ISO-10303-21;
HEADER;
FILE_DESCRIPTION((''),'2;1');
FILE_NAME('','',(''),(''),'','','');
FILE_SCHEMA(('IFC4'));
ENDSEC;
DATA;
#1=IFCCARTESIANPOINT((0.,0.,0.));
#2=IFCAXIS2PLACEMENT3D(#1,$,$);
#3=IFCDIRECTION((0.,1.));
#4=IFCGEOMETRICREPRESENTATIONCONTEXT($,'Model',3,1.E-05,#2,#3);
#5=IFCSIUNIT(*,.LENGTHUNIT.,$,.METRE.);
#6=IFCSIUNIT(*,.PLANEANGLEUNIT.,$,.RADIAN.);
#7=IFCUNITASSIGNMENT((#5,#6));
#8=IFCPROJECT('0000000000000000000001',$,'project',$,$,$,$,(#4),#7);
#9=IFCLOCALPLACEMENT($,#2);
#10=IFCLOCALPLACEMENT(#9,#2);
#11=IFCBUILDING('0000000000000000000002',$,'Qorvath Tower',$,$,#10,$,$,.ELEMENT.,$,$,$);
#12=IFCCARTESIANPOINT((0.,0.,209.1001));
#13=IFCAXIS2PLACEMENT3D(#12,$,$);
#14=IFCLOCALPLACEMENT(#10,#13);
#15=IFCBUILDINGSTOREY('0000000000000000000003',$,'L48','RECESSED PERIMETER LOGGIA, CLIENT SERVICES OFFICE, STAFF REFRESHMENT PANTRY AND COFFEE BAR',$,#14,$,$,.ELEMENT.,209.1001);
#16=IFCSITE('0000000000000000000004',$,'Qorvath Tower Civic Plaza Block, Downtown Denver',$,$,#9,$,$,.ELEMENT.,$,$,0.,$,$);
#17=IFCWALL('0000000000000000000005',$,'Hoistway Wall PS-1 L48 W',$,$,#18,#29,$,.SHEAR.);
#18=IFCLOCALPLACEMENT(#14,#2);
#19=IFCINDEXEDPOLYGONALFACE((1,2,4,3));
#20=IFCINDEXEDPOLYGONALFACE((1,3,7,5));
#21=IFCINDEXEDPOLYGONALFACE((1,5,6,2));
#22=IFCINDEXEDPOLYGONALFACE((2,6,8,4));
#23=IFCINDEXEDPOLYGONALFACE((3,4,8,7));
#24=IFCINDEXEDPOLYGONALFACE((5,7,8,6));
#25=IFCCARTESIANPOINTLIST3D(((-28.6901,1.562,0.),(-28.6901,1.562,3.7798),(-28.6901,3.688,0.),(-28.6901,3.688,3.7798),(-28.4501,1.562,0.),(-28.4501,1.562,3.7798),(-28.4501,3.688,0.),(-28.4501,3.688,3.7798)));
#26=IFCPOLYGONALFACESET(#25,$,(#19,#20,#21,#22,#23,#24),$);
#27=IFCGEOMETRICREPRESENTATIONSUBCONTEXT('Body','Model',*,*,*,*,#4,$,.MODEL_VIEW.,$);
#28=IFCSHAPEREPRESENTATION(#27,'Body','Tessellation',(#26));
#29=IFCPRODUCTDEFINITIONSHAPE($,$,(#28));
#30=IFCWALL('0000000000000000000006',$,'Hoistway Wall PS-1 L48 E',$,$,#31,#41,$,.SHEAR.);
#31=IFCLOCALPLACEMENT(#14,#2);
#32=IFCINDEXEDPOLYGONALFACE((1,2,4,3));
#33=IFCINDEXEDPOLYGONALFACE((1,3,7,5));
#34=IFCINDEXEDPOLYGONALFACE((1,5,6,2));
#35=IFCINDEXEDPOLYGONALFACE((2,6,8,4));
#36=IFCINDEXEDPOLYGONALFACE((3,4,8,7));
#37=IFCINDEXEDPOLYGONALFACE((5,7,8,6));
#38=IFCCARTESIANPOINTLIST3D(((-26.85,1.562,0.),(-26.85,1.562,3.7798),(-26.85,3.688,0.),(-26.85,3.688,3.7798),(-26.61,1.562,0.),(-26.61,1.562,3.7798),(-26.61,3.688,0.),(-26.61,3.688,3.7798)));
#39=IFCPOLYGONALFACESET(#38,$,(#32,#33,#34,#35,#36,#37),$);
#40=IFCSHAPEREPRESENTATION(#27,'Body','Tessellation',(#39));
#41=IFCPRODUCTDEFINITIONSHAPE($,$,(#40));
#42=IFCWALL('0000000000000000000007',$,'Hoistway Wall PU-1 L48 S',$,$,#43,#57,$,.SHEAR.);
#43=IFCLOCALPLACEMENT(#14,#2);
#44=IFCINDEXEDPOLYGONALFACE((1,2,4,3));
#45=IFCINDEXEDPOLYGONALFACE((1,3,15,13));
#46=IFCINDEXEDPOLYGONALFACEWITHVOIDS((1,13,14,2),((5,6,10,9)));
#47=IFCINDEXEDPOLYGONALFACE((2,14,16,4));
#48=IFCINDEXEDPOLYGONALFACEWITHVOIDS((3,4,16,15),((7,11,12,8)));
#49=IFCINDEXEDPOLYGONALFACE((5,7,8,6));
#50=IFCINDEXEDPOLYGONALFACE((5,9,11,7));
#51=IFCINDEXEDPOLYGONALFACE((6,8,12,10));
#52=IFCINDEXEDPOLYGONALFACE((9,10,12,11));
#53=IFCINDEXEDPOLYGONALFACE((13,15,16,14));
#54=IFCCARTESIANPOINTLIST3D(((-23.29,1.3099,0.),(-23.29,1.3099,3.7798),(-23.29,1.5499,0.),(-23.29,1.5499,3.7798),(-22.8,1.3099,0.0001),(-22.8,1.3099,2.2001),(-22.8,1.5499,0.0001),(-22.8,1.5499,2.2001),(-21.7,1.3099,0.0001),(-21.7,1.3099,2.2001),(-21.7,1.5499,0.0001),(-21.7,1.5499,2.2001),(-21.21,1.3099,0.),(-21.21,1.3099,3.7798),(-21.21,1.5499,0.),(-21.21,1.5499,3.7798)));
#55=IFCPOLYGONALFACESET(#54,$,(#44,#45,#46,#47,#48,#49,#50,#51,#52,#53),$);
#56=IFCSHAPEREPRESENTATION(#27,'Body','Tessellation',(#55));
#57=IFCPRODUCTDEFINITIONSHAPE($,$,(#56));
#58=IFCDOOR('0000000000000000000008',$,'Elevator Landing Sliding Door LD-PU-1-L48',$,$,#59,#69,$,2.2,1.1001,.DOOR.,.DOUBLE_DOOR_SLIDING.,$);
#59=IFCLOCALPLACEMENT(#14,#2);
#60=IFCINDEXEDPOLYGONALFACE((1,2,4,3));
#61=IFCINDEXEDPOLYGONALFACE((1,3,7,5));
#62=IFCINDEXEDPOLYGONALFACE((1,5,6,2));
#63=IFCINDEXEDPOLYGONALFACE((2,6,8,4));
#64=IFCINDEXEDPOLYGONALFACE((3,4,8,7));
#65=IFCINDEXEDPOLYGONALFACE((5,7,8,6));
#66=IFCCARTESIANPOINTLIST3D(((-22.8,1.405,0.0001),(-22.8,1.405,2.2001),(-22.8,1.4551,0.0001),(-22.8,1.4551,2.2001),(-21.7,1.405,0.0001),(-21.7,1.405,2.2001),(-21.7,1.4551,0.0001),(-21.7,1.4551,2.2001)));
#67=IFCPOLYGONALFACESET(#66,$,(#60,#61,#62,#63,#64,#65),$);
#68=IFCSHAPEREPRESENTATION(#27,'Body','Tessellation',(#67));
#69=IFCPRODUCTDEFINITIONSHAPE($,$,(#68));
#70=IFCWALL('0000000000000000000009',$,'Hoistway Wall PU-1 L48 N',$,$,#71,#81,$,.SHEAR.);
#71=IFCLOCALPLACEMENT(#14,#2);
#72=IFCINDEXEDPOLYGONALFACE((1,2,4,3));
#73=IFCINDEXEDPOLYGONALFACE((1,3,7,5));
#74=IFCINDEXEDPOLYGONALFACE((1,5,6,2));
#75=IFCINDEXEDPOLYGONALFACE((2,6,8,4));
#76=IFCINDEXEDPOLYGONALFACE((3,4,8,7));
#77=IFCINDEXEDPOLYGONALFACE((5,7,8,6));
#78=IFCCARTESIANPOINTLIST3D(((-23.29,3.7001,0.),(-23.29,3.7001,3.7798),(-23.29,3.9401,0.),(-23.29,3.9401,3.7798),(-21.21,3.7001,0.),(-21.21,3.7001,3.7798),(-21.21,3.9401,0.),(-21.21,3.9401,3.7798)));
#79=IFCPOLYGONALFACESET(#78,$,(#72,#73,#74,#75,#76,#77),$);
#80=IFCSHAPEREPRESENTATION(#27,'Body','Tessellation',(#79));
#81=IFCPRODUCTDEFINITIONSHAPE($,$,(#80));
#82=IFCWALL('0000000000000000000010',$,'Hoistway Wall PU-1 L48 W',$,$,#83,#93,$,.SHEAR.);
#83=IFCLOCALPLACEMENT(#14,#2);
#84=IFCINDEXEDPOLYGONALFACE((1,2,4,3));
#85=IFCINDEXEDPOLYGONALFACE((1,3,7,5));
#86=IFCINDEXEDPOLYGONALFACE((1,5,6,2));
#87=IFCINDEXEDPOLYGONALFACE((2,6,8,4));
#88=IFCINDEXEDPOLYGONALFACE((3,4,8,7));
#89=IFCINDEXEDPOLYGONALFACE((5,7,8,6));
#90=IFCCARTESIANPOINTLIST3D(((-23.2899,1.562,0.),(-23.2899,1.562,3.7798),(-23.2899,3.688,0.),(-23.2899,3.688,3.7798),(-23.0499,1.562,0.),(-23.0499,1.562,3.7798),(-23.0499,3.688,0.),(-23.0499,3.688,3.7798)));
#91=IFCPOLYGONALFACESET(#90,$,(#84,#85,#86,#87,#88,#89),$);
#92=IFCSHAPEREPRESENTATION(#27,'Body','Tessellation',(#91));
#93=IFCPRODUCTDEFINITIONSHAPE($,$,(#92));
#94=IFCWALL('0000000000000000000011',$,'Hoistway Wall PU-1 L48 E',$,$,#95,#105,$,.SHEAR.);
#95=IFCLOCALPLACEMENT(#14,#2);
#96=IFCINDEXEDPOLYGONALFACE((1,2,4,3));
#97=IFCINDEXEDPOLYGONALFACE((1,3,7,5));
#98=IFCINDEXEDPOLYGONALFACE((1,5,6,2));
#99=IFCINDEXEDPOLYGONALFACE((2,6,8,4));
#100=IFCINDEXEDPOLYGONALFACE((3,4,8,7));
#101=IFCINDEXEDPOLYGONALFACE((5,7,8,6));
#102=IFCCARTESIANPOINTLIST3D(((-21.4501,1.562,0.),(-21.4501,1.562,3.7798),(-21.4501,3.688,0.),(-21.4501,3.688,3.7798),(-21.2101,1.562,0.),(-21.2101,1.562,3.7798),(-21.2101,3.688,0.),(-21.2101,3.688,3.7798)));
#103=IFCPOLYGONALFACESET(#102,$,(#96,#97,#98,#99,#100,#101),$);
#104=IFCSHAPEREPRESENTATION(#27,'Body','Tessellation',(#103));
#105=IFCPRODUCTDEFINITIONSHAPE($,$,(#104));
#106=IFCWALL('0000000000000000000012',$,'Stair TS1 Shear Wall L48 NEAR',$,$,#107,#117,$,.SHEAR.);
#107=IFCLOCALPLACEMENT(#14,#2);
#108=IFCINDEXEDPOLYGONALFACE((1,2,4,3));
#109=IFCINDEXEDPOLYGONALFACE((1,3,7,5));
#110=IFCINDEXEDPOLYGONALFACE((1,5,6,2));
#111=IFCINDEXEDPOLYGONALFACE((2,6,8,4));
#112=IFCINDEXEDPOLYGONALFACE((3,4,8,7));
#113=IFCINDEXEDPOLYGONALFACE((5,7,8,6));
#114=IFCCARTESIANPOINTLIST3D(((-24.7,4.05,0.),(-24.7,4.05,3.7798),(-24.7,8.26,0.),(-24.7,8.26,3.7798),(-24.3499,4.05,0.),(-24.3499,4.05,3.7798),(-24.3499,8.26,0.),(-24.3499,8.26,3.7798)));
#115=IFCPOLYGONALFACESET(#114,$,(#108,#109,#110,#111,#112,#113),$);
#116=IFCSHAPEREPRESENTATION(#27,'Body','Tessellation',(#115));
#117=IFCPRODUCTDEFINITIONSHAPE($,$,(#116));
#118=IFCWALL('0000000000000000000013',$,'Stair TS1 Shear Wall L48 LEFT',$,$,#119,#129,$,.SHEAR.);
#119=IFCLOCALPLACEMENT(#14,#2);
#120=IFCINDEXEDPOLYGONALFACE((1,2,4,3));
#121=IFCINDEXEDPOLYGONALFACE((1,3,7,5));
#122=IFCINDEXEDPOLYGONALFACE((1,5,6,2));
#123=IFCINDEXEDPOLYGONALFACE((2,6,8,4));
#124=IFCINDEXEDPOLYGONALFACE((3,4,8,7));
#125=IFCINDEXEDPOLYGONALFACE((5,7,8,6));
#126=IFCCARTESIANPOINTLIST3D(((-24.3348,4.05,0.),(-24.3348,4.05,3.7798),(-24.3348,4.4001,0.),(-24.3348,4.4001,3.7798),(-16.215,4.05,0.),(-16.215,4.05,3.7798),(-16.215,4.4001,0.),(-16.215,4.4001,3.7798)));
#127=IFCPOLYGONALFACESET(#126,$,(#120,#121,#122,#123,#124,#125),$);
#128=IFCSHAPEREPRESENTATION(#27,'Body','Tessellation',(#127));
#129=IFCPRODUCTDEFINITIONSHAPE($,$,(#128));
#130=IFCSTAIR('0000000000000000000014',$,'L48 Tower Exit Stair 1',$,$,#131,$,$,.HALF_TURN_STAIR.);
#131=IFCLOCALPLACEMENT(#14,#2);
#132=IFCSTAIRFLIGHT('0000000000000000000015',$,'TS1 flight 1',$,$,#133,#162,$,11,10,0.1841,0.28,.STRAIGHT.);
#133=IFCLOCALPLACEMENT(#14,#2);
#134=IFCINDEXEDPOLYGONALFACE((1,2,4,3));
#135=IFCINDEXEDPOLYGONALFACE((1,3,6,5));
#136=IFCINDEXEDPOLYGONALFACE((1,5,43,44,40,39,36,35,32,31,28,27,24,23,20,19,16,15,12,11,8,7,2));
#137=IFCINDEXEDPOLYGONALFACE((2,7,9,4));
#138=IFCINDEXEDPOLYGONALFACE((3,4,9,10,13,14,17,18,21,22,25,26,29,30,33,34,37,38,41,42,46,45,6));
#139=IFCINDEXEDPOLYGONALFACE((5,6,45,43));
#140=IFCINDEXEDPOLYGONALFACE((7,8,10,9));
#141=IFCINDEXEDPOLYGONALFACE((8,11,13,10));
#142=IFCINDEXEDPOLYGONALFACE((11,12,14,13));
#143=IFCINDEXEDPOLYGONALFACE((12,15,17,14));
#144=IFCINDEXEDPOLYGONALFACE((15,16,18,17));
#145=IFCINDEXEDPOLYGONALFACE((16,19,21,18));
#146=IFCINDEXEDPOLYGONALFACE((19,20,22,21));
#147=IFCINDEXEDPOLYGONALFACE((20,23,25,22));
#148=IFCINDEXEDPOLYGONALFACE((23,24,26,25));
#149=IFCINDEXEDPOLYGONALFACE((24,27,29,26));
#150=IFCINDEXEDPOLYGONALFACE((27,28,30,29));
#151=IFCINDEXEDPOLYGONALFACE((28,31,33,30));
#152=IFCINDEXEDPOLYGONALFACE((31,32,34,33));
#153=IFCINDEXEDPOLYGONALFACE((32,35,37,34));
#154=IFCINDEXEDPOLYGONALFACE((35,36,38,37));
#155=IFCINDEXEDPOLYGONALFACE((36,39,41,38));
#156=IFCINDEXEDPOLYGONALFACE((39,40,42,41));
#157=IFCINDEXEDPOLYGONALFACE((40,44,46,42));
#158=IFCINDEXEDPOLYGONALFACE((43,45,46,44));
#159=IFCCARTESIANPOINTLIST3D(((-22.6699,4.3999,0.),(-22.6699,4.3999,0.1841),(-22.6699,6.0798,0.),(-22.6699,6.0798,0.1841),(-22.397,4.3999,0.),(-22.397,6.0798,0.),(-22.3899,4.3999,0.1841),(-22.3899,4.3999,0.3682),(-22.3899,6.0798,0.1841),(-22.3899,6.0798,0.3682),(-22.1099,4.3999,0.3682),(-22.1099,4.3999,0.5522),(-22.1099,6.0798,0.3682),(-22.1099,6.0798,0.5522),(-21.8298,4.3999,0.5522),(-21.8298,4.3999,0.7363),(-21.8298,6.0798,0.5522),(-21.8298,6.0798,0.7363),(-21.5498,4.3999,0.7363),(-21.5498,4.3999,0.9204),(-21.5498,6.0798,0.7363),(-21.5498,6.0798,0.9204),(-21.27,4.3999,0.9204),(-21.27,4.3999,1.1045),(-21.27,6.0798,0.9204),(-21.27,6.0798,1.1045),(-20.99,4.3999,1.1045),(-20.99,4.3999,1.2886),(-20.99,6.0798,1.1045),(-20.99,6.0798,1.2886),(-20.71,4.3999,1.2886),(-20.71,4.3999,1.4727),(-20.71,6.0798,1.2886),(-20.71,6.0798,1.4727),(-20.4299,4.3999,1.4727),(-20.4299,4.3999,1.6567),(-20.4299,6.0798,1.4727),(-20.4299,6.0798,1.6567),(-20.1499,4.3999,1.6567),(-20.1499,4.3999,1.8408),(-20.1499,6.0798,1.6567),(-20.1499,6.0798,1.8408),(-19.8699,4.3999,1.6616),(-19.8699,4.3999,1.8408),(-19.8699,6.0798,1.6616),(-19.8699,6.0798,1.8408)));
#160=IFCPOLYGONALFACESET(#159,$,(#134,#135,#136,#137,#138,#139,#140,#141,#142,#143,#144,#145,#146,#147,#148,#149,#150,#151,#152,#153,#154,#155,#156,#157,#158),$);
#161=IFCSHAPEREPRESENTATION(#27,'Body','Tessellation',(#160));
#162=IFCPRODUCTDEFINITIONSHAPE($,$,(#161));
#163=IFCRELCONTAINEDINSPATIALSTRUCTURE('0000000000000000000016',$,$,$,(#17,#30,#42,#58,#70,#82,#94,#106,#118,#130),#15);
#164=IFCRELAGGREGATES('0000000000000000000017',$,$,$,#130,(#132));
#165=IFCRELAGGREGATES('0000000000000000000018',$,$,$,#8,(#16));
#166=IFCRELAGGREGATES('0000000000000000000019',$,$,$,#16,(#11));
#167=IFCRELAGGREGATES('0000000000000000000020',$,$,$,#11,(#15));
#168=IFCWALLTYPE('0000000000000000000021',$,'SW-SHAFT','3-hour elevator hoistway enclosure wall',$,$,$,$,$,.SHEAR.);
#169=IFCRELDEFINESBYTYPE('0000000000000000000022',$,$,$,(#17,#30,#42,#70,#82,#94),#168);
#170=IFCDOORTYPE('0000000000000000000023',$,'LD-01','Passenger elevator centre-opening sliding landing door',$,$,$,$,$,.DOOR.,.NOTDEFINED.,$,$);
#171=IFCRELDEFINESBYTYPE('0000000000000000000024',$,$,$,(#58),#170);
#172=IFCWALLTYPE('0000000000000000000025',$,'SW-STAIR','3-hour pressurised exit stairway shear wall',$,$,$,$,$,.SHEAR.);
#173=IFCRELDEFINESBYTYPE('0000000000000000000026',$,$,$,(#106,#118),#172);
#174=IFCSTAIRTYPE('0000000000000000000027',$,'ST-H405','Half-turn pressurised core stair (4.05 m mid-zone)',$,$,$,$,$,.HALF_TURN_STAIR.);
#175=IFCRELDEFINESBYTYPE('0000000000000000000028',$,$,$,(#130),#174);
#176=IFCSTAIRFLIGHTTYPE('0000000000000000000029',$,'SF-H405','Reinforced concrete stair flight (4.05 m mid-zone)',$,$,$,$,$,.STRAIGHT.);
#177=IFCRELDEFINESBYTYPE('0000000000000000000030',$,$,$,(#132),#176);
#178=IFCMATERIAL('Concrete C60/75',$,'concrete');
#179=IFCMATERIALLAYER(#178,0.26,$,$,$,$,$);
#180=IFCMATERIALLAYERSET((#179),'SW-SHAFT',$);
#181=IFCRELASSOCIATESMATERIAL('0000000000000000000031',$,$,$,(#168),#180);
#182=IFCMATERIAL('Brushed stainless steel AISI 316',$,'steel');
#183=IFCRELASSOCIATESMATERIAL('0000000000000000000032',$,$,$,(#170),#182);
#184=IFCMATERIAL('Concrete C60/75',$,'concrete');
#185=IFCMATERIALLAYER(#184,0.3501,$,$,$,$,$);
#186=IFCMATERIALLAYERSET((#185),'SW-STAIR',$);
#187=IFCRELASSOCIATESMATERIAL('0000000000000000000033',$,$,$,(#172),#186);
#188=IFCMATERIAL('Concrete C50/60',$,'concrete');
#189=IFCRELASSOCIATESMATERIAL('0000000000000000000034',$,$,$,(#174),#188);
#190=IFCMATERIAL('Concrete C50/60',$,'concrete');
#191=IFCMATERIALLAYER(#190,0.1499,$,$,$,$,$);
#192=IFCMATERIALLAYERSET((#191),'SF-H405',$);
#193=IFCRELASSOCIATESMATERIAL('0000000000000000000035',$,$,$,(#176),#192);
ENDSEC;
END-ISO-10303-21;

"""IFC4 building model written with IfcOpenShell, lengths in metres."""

from ifc_helpers import new_model, si_unit, direction, frame, frame_2d, origin, place, context, subcontext, project, spatial, polyline, rectangle, outline, extrude, material, layer, layer_set, type_object, element, fill, aggregate, save


model = new_model("IFC4")

# Units and contexts
model_context = context("Model", 3, precision=1e-05, world=origin(), true_north=direction((0.0, 1.0)))
body_context = subcontext(model_context, "Body", "Model", "MODEL_VIEW")
ifc_project = project(units=[si_unit("LENGTHUNIT", "METRE"), si_unit("PLANEANGLEUNIT", "RADIAN")], contexts=[model_context])

# Site, building, storey
site_placement = place(None, origin())
site = spatial("IfcSite", under=ifc_project, at=site_placement, Name="Qorvath Tower Civic Plaza Block, Downtown Denver", CompositionType="ELEMENT", RefElevation=0.0)
building_placement = place(site_placement, origin())
building = spatial("IfcBuilding", under=site, at=building_placement, Name="Qorvath Tower", CompositionType="ELEMENT")
storey_placement = place(building_placement, frame((0.0, 0.0, 209.1001)))
storey = spatial("IfcBuildingStorey", under=building, at=storey_placement, Name="L48", Description="RECESSED PERIMETER LOGGIA, CLIENT SERVICES OFFICE, STAFF REFRESHMENT PANTRY AND COFFEE BAR", CompositionType="ELEMENT", Elevation=209.1001)

# Shared definitions
ifc_material_1 = material(Name="Concrete C60/75", Category="concrete")
ifc_layer_1 = layer(ifc_material_1, 0.26)
ifc_layer_set_1 = layer_set([ifc_layer_1], Name="SW-SHAFT")
wall_type_1 = type_object("IfcWallType", Name="SW-SHAFT", Description="3-hour elevator hoistway enclosure wall", PredefinedType="SHEAR", material=ifc_layer_set_1)

# Walls
for number, where, z_axis, x_axis, name in (
    (1, (-28.5701, 1.562, 0.0), (0.0, 0.0, 1.0), (0.0, 1.0, 0.0), "Hoistway Wall PS-1 L48 W"),
    (2, (-26.73, 3.688, 0.0), (0.0, 0.0, 1.0), (0.0, -1.0, 0.0), "Hoistway Wall PS-1 L48 E"),
):
    element("IfcWall", number, at=place(storey_placement, frame(where, z_axis=z_axis, x_axis=x_axis)), inside=storey, type_object=wall_type_1, Name=name, PredefinedType="SHEAR", context=body_context, shape_type="SweptSolid", body=[
        extrude(rectangle(XDim=2.126, YDim=0.24, at=frame_2d((1.063, 0.0))), origin(), (0.0, 0.0, 1.0), 3.7798),
    ])

# Wall, opening, door
wall_1_placement = place(storey_placement, frame((-21.21, 1.4299, 0.0), z_axis=(0.0, 0.0, 1.0), x_axis=(-1.0, 0.0, 0.0)))
wall_1 = element("IfcWall", 3, at=wall_1_placement, inside=storey, type_object=wall_type_1, Name="Hoistway Wall PU-1 L48 S", PredefinedType="SHEAR", context=body_context, shape_type="SweptSolid", body=[
    extrude(rectangle(XDim=2.0801, YDim=0.24, at=frame_2d((1.04, 0.0))), origin(), (0.0, 0.0, 1.0), 3.7798),
])
opening_1_placement = place(wall_1_placement, frame((0.49, 0.0, 0.0)))
opening_1 = element("IfcOpeningElement", 4, at=opening_1_placement, cuts=wall_1, PredefinedType="OPENING", context=body_context, shape_type="SweptSolid", body=[
    extrude(rectangle(XDim=1.1001, YDim=2.2, at=frame_2d((0.55, 1.1001))), frame((0.0, 0.1299, 0.0), z_axis=(0.0, -1.0, 0.0), x_axis=(1.0, 0.0, 0.0)), (0.0, 0.0, 1.0), 0.26),
])
ifc_material_2 = material(Name="Brushed stainless steel AISI 316", Category="steel")
door_type_1 = type_object("IfcDoorType", Name="LD-01", Description="Passenger elevator centre-opening sliding landing door", OperationType="NOTDEFINED", PredefinedType="DOOR", material=ifc_material_2)
door_1_placement = place(opening_1_placement, origin())
door_1 = element("IfcDoor", 5, at=door_1_placement, inside=storey, type_object=door_type_1, Name="Elevator Landing Sliding Door LD-PU-1-L48", OperationType="DOUBLE_DOOR_SLIDING", OverallHeight=2.2, OverallWidth=1.1001, PredefinedType="DOOR", context=body_context, shape_type="SweptSolid", body=[
    extrude(rectangle(XDim=1.1001, YDim=2.2, at=frame_2d((0.55, 1.1001))), frame((0.0, 0.0249, 0.0), z_axis=(0.0, -1.0, 0.0), x_axis=(1.0, 0.0, 0.0)), (0.0, 0.0, 1.0), 0.05),
])
fill(opening_1, door_1)

# Walls
wall_2_placement = place(storey_placement, frame((-23.29, 3.8201, 0.0), z_axis=(0.0, 0.0, 1.0), x_axis=(1.0, 0.0, 0.0)))
element("IfcWall", 6, at=wall_2_placement, inside=storey, type_object=wall_type_1, Name="Hoistway Wall PU-1 L48 N", PredefinedType="SHEAR", context=body_context, shape_type="SweptSolid", body=[
    extrude(rectangle(XDim=2.0801, YDim=0.24, at=frame_2d((1.04, 0.0))), origin(), (0.0, 0.0, 1.0), 3.7798),
])
for number, where, z_axis, x_axis, name in (
    (7, (-23.1699, 1.562, 0.0), (0.0, 0.0, 1.0), (0.0, 1.0, 0.0), "Hoistway Wall PU-1 L48 W"),
    (8, (-21.3301, 3.688, 0.0), (0.0, 0.0, 1.0), (0.0, -1.0, 0.0), "Hoistway Wall PU-1 L48 E"),
):
    element("IfcWall", number, at=place(storey_placement, frame(where, z_axis=z_axis, x_axis=x_axis)), inside=storey, type_object=wall_type_1, Name=name, PredefinedType="SHEAR", context=body_context, shape_type="SweptSolid", body=[
        extrude(rectangle(XDim=2.126, YDim=0.24, at=frame_2d((1.063, 0.0))), origin(), (0.0, 0.0, 1.0), 3.7798),
    ])
ifc_material_3 = material(Name="Concrete C60/75", Category="concrete")
ifc_layer_2 = layer(ifc_material_3, 0.3501)
ifc_layer_set_2 = layer_set([ifc_layer_2], Name="SW-STAIR")
wall_type_2 = type_object("IfcWallType", Name="SW-STAIR", Description="3-hour pressurised exit stairway shear wall", PredefinedType="SHEAR", material=ifc_layer_set_2)
wall_3_placement = place(storey_placement, frame((-24.5249, 8.26, 0.0), z_axis=(0.0, 0.0, 1.0), x_axis=(0.0, -1.0, 0.0)))
element("IfcWall", 9, at=wall_3_placement, inside=storey, type_object=wall_type_2, Name="Stair TS1 Shear Wall L48 NEAR", PredefinedType="SHEAR", context=body_context, shape_type="SweptSolid", body=[
    extrude(rectangle(XDim=4.21, YDim=0.3501, at=frame_2d((2.105, 0.0))), origin(), (0.0, 0.0, 1.0), 3.7798),
])
wall_4_placement = place(storey_placement, frame((-24.335, 4.2251, 0.0), z_axis=(0.0, 0.0, 1.0), x_axis=(1.0, 0.0, 0.0)))
element("IfcWall", 10, at=wall_4_placement, inside=storey, type_object=wall_type_2, Name="Stair TS1 Shear Wall L48 LEFT", PredefinedType="SHEAR", context=body_context, shape_type="SweptSolid", body=[
    extrude(rectangle(XDim=8.1199, YDim=0.3501, at=frame_2d((4.0601, 0.0))), origin(), (0.0, 0.0, 1.0), 3.7798),
])

# Stair, stair flight
ifc_material_4 = material(Name="Concrete C50/60", Category="concrete")
stair_type = type_object("IfcStairType", Name="ST-H405", Description="Half-turn pressurised core stair (4.05 m mid-zone)", PredefinedType="HALF_TURN_STAIR", material=ifc_material_4)
stair_placement = place(storey_placement, origin())
stair = element("IfcStair", 11, at=stair_placement, inside=storey, type_object=stair_type, Name="L48 Tower Exit Stair 1", PredefinedType="HALF_TURN_STAIR")
ifc_material_5 = material(Name="Concrete C50/60", Category="concrete")
ifc_layer_3 = layer(ifc_material_5, 0.1499)
ifc_layer_set_3 = layer_set([ifc_layer_3], Name="SF-H405")
stair_flight_type = type_object("IfcStairFlightType", Name="SF-H405", Description="Reinforced concrete stair flight (4.05 m mid-zone)", PredefinedType="STRAIGHT", material=ifc_layer_set_3)
stair_flight_placement = place(storey_placement, frame((-22.6699, 5.24, 0.0), z_axis=(0.0, 0.0, 1.0), x_axis=(1.0, 0.0, 0.0)))
stair_flight = element("IfcStairFlight", 12, at=stair_flight_placement, type_object=stair_flight_type, Name="TS1 flight 1", NumberOfRisers=11, NumberOfTreads=10, PredefinedType="STRAIGHT", RiserHeight=0.1841, TreadLength=0.28, context=body_context, shape_type="SweptSolid", body=[
    extrude(outline(polyline([(0.0, 0.0), (0.0, 0.1841), (0.28, 0.1841), (0.28, 0.3682), (0.5601, 0.3682), (0.5601, 0.5522), (0.8401, 0.5522), (0.8401, 0.7363), (1.1201, 0.7363), (1.1201, 0.9204), (1.3999, 0.9204), (1.3999, 1.1045), (1.6799, 1.1045), (1.6799, 1.2886), (1.96, 1.2886), (1.96, 1.4727), (2.24, 1.4727), (2.24, 1.6567), (2.52, 1.6567), (2.52, 1.8408), (2.8, 1.8408), (2.8, 2.0249), (2.8, 1.6616), (0.2729, 0.0), (0.0, 0.0)])), frame((0.0, 0.8398, 0.0), z_axis=(0.0, -1.0, 0.0), x_axis=(1.0, 0.0, 0.0)), (0.0, 0.0, 1.0), 1.6799),
])
aggregate(stair, [stair_flight])

save(model, "model.ifc")
